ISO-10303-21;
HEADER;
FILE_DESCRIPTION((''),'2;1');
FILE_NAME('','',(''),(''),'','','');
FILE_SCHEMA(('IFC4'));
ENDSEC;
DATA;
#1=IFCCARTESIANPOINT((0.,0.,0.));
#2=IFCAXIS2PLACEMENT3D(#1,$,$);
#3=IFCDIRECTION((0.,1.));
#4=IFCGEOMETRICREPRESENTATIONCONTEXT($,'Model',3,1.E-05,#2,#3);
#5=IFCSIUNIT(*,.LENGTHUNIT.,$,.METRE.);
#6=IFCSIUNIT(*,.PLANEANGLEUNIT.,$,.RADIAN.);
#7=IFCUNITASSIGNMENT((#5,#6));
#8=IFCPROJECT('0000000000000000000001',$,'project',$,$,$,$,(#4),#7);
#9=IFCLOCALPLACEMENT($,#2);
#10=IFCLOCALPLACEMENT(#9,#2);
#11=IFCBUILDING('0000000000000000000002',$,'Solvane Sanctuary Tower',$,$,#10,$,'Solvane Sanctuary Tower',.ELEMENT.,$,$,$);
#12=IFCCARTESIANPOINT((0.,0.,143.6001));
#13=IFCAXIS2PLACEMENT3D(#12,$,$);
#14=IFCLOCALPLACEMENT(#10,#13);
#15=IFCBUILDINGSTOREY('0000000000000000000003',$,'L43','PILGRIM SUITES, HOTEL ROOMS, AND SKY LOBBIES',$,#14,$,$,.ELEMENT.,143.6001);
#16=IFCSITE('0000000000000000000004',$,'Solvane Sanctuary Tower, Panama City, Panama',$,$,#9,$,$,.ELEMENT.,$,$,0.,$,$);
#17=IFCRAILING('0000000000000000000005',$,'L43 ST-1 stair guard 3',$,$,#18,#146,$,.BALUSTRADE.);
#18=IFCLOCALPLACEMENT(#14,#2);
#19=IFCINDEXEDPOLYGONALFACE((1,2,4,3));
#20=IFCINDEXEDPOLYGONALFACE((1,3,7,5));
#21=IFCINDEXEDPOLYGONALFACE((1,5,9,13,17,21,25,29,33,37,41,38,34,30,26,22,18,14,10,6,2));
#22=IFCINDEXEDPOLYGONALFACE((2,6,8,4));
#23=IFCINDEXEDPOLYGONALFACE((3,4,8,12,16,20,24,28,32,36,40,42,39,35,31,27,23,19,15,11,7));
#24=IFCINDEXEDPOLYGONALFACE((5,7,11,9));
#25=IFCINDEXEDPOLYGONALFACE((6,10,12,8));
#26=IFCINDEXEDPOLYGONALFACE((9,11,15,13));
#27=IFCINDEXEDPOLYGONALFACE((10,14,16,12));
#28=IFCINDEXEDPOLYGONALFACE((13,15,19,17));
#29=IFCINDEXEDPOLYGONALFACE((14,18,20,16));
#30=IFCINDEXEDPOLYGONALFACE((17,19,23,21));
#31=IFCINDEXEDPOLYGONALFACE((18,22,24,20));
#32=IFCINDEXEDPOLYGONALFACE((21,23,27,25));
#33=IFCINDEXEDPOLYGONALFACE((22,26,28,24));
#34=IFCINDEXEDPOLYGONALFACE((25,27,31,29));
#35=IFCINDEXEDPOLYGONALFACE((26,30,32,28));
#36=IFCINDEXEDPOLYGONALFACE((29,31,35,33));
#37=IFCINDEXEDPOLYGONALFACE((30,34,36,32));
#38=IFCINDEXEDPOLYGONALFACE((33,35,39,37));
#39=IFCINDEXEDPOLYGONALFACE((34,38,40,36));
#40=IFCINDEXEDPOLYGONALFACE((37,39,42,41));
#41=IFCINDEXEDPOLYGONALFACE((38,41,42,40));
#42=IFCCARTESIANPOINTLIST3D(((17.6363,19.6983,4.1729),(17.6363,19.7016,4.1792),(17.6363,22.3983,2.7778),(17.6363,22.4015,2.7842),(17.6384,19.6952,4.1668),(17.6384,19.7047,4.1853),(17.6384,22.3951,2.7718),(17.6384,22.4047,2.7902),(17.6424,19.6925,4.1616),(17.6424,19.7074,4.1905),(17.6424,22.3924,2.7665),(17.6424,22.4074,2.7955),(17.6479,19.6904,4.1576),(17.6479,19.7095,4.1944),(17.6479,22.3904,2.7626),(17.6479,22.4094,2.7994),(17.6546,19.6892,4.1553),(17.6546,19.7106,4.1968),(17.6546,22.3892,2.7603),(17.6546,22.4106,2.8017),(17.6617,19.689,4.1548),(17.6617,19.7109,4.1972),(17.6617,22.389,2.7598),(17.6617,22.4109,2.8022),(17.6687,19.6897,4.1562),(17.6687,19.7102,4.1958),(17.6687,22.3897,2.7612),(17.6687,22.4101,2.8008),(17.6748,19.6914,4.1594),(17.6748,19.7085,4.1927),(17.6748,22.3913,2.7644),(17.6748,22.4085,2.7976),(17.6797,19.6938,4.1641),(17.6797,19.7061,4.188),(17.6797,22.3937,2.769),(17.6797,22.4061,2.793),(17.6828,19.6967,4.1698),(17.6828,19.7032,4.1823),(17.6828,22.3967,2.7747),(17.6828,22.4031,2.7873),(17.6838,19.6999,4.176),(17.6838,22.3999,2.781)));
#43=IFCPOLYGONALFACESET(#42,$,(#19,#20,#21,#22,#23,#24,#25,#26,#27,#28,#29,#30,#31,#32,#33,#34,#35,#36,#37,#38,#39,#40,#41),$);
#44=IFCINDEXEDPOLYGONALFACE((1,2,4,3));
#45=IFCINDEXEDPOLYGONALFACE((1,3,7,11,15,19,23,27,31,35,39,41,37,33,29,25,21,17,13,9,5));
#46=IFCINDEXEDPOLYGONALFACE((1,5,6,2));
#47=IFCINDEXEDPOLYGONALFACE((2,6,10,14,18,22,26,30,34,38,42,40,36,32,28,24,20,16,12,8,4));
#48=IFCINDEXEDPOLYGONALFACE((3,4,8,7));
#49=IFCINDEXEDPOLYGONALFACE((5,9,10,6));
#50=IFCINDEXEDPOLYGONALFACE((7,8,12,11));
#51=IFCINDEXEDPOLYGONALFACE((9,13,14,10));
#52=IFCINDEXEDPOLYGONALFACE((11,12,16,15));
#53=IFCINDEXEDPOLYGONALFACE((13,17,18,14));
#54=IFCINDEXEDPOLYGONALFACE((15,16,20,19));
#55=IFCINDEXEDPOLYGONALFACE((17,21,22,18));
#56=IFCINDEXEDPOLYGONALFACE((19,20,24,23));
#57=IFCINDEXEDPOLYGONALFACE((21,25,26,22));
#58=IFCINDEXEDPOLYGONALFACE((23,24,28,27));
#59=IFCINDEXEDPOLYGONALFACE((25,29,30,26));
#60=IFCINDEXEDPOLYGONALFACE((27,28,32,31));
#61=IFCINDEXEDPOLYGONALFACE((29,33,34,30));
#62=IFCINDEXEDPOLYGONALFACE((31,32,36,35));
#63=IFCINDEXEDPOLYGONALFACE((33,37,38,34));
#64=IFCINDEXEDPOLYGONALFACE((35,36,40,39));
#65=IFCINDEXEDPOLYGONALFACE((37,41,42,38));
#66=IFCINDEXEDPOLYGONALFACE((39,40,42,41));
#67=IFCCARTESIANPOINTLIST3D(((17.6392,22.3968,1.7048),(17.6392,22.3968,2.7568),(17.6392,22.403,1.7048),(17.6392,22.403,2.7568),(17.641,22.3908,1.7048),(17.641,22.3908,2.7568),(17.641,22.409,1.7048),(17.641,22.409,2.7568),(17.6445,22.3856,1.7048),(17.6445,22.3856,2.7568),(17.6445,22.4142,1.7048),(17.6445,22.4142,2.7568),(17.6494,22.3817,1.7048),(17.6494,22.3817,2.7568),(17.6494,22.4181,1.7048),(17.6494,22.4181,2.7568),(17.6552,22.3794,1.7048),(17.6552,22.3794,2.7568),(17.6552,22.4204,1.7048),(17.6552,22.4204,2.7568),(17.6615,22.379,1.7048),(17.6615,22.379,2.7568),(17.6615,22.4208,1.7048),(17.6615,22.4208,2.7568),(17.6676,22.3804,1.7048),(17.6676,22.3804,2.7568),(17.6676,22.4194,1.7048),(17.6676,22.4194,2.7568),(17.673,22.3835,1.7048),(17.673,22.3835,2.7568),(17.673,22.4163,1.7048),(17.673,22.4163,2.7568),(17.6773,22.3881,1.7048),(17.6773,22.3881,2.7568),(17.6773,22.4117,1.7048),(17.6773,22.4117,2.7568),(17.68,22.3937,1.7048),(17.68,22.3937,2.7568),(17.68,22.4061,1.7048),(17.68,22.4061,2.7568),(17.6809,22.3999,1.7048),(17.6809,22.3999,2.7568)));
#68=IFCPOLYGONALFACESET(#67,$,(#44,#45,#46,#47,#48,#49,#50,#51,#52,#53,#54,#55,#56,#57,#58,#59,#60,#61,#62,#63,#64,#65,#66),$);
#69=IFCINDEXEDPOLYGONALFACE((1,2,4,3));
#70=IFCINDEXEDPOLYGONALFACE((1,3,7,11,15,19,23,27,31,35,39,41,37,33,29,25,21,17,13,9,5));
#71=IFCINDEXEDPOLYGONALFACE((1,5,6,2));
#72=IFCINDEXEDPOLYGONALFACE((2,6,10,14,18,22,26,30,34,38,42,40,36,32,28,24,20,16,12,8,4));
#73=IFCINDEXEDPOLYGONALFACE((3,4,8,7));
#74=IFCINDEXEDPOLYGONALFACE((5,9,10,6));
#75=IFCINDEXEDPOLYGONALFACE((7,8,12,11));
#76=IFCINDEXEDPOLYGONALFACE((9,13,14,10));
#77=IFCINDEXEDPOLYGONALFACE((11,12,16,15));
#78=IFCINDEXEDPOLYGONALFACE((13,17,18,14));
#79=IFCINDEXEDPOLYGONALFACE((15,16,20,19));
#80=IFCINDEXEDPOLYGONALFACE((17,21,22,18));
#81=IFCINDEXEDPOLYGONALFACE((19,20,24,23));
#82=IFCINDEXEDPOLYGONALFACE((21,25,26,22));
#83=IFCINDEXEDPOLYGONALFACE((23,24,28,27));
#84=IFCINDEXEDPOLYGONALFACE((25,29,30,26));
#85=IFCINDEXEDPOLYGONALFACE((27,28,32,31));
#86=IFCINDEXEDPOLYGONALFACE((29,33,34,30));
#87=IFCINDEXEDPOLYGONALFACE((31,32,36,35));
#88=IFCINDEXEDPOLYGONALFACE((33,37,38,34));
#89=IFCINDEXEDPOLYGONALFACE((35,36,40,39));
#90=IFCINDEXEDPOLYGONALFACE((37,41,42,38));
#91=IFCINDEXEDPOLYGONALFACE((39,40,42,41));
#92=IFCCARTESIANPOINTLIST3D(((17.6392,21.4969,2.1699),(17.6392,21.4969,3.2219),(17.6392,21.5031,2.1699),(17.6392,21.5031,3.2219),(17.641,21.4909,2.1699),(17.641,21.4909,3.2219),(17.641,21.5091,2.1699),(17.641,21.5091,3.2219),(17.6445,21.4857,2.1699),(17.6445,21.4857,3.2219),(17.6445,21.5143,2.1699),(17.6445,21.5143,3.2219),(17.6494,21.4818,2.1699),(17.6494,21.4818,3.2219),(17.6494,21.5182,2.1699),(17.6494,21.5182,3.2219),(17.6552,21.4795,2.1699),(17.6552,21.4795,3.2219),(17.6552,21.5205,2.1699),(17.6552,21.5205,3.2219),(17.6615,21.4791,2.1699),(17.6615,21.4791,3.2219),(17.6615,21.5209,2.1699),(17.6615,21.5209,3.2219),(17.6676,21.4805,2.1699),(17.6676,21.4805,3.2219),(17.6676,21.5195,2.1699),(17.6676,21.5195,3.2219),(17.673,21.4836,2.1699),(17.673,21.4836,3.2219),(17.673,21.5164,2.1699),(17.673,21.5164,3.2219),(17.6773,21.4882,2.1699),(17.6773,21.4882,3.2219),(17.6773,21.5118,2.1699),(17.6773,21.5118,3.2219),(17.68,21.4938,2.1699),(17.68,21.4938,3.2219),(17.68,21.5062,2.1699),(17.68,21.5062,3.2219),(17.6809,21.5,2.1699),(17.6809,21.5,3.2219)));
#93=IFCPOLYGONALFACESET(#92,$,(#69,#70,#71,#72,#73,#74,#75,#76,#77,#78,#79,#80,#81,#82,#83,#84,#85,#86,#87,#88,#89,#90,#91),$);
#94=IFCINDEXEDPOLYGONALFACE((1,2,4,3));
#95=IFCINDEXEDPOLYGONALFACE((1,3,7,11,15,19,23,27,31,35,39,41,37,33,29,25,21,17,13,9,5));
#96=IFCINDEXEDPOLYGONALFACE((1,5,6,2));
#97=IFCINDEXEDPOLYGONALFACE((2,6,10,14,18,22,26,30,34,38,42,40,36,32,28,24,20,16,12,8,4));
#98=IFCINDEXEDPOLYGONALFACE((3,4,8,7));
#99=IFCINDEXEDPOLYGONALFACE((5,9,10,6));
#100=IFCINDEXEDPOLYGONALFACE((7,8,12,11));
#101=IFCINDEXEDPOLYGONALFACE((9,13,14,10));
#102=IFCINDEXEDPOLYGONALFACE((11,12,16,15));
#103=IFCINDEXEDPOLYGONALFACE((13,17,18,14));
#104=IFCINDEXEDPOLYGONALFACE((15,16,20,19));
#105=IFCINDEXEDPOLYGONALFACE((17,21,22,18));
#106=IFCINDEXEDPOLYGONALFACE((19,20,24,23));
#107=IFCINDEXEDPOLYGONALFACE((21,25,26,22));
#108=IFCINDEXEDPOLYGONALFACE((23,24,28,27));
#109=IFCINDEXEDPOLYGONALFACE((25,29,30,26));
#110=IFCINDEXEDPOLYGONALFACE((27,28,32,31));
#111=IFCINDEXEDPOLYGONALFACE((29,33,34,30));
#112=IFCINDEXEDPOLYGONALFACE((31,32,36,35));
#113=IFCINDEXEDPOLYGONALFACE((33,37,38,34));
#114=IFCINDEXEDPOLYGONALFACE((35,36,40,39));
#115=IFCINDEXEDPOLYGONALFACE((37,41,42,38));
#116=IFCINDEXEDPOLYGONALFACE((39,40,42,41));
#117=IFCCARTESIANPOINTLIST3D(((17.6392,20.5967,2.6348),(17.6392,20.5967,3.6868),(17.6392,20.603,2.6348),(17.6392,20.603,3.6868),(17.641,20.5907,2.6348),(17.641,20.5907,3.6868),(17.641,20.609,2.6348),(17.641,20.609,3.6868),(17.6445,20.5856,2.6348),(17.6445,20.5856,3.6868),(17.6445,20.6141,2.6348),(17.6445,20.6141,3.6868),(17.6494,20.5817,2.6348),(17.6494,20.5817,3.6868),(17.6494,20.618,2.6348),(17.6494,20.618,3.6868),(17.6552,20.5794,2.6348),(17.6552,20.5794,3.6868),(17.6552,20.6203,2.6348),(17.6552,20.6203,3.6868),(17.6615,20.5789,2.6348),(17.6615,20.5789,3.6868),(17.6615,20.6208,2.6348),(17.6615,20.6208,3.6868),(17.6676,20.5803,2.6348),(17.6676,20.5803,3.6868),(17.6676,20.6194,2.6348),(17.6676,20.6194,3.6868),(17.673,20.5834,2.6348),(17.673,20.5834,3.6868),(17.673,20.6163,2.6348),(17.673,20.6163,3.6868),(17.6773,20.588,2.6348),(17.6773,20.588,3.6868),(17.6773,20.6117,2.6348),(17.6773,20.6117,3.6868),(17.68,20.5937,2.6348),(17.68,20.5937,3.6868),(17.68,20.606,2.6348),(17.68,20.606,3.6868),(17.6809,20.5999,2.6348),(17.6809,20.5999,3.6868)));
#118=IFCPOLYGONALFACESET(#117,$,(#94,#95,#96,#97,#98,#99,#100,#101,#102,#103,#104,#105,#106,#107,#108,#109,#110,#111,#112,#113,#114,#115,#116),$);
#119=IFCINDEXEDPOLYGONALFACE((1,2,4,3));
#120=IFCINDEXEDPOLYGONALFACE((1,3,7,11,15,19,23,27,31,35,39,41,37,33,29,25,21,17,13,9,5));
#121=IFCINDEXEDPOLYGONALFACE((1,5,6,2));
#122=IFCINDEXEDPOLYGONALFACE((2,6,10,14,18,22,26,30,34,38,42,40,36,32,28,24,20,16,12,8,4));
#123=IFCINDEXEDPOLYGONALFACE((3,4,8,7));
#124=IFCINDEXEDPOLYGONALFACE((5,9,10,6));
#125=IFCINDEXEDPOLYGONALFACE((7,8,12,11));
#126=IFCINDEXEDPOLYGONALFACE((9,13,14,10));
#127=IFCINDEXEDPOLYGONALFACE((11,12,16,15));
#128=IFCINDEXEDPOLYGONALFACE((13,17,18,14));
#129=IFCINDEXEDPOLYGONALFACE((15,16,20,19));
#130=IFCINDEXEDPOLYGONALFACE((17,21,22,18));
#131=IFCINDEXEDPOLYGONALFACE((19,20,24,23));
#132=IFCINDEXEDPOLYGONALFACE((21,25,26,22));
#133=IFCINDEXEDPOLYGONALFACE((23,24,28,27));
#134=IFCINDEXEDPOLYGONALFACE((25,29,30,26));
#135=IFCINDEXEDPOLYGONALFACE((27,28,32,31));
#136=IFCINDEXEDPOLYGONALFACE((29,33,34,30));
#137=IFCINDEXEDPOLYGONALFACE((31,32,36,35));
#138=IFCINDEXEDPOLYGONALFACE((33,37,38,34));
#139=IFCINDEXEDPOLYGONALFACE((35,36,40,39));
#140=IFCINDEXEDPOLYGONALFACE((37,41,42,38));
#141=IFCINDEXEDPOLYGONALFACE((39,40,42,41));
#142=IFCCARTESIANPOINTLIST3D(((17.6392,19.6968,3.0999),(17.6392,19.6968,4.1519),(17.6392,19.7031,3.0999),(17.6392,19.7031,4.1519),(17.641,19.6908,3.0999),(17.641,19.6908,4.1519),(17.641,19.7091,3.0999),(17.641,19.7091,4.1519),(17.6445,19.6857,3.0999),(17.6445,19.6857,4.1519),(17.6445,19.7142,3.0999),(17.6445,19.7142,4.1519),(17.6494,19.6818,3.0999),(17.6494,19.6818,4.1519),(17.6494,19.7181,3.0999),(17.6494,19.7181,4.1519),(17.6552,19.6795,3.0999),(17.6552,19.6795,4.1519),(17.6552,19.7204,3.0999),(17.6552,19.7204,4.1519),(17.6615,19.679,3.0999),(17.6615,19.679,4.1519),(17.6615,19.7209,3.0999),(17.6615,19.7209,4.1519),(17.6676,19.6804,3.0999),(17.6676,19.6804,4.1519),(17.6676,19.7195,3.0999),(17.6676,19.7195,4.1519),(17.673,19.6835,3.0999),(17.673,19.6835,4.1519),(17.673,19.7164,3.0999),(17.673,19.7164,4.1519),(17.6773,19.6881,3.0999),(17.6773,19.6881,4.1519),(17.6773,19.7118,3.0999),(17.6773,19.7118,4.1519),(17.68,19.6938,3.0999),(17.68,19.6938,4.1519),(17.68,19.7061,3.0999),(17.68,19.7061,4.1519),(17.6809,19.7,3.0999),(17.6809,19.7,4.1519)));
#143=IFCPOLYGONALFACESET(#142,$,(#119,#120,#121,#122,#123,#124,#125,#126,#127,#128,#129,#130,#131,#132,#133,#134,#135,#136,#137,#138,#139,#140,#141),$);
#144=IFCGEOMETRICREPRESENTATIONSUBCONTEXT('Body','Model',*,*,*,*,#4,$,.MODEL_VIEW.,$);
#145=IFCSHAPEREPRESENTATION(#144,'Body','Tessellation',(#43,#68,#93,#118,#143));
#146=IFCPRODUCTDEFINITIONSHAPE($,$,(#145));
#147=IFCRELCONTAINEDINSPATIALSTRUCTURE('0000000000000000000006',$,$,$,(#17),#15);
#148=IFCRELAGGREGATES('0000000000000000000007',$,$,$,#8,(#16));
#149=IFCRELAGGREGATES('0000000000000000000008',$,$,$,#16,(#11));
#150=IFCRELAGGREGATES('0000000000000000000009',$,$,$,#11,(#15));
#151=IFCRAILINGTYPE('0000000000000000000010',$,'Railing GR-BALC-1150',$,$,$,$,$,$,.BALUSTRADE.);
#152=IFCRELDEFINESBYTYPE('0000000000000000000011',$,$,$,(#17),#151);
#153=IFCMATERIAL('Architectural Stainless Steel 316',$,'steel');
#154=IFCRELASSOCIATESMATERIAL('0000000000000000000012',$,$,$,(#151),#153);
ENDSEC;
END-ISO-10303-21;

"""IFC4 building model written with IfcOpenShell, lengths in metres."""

from ifc_helpers import new_model, si_unit, direction, frame, origin, origin_2d, place, context, subcontext, project, spatial, circle, extrude, material, type_object, element, save


model = new_model("IFC4")

# Units and contexts
model_context = context("Model", 3, precision=1e-05, world=origin(), true_north=direction((0.0, 1.0)))
body_context = subcontext(model_context, "Body", "Model", "MODEL_VIEW")
ifc_project = project(units=[si_unit("LENGTHUNIT", "METRE"), si_unit("PLANEANGLEUNIT", "RADIAN")], contexts=[model_context])

# Site, building, storey
site_placement = place(None, origin())
site = spatial("IfcSite", under=ifc_project, at=site_placement, Name="Solvane Sanctuary Tower, Panama City, Panama", CompositionType="ELEMENT", RefElevation=0.0)
building_placement = place(site_placement, origin())
building = spatial("IfcBuilding", under=site, at=building_placement, Name="Solvane Sanctuary Tower", LongName="Solvane Sanctuary Tower", CompositionType="ELEMENT")
storey_placement = place(building_placement, frame((0.0, 0.0, 143.6001)))
storey = spatial("IfcBuildingStorey", under=building, at=storey_placement, Name="L43", Description="PILGRIM SUITES, HOTEL ROOMS, AND SKY LOBBIES", CompositionType="ELEMENT", Elevation=143.6001)

# Railing
ifc_material_1 = material(Name="Architectural Stainless Steel 316", Category="steel")
railing_type_1 = type_object("IfcRailingType", Name="Railing GR-BALC-1150", PredefinedType="BALUSTRADE", material=ifc_material_1)
railing_1_placement = place(storey_placement, frame((17.6599, 22.3999, 1.7048)))
element("IfcRailing", 1, at=railing_1_placement, inside=storey, type_object=railing_type_1, Name="L43 ST-1 stair guard 3", PredefinedType="BALUSTRADE", context=body_context, shape_type="SweptSolid", body=[
    extrude(circle(Radius=0.0239, at=origin_2d()), frame((0.0, 0.0, 1.0762), z_axis=(0.0, -0.88842, 0.459032), x_axis=(1.0, 0.0, 0.0)), (0.0, 0.0, 1.0), 3.0391),
    extrude(circle(Radius=0.021, at=origin_2d()), origin(), (0.0, 0.0, 1.0), 1.052),
    extrude(circle(Radius=0.021, at=origin_2d()), frame((0.0, -0.8999, 0.4651)), (0.0, 0.0, 1.0), 1.052),
    extrude(circle(Radius=0.021, at=origin_2d()), frame((0.0, -1.8, 0.9299)), (0.0, 0.0, 1.0), 1.052),
    extrude(circle(Radius=0.021, at=origin_2d()), frame((0.0, -2.7, 1.395)), (0.0, 0.0, 1.0), 1.052),
])

save(model, "model.ifc")
